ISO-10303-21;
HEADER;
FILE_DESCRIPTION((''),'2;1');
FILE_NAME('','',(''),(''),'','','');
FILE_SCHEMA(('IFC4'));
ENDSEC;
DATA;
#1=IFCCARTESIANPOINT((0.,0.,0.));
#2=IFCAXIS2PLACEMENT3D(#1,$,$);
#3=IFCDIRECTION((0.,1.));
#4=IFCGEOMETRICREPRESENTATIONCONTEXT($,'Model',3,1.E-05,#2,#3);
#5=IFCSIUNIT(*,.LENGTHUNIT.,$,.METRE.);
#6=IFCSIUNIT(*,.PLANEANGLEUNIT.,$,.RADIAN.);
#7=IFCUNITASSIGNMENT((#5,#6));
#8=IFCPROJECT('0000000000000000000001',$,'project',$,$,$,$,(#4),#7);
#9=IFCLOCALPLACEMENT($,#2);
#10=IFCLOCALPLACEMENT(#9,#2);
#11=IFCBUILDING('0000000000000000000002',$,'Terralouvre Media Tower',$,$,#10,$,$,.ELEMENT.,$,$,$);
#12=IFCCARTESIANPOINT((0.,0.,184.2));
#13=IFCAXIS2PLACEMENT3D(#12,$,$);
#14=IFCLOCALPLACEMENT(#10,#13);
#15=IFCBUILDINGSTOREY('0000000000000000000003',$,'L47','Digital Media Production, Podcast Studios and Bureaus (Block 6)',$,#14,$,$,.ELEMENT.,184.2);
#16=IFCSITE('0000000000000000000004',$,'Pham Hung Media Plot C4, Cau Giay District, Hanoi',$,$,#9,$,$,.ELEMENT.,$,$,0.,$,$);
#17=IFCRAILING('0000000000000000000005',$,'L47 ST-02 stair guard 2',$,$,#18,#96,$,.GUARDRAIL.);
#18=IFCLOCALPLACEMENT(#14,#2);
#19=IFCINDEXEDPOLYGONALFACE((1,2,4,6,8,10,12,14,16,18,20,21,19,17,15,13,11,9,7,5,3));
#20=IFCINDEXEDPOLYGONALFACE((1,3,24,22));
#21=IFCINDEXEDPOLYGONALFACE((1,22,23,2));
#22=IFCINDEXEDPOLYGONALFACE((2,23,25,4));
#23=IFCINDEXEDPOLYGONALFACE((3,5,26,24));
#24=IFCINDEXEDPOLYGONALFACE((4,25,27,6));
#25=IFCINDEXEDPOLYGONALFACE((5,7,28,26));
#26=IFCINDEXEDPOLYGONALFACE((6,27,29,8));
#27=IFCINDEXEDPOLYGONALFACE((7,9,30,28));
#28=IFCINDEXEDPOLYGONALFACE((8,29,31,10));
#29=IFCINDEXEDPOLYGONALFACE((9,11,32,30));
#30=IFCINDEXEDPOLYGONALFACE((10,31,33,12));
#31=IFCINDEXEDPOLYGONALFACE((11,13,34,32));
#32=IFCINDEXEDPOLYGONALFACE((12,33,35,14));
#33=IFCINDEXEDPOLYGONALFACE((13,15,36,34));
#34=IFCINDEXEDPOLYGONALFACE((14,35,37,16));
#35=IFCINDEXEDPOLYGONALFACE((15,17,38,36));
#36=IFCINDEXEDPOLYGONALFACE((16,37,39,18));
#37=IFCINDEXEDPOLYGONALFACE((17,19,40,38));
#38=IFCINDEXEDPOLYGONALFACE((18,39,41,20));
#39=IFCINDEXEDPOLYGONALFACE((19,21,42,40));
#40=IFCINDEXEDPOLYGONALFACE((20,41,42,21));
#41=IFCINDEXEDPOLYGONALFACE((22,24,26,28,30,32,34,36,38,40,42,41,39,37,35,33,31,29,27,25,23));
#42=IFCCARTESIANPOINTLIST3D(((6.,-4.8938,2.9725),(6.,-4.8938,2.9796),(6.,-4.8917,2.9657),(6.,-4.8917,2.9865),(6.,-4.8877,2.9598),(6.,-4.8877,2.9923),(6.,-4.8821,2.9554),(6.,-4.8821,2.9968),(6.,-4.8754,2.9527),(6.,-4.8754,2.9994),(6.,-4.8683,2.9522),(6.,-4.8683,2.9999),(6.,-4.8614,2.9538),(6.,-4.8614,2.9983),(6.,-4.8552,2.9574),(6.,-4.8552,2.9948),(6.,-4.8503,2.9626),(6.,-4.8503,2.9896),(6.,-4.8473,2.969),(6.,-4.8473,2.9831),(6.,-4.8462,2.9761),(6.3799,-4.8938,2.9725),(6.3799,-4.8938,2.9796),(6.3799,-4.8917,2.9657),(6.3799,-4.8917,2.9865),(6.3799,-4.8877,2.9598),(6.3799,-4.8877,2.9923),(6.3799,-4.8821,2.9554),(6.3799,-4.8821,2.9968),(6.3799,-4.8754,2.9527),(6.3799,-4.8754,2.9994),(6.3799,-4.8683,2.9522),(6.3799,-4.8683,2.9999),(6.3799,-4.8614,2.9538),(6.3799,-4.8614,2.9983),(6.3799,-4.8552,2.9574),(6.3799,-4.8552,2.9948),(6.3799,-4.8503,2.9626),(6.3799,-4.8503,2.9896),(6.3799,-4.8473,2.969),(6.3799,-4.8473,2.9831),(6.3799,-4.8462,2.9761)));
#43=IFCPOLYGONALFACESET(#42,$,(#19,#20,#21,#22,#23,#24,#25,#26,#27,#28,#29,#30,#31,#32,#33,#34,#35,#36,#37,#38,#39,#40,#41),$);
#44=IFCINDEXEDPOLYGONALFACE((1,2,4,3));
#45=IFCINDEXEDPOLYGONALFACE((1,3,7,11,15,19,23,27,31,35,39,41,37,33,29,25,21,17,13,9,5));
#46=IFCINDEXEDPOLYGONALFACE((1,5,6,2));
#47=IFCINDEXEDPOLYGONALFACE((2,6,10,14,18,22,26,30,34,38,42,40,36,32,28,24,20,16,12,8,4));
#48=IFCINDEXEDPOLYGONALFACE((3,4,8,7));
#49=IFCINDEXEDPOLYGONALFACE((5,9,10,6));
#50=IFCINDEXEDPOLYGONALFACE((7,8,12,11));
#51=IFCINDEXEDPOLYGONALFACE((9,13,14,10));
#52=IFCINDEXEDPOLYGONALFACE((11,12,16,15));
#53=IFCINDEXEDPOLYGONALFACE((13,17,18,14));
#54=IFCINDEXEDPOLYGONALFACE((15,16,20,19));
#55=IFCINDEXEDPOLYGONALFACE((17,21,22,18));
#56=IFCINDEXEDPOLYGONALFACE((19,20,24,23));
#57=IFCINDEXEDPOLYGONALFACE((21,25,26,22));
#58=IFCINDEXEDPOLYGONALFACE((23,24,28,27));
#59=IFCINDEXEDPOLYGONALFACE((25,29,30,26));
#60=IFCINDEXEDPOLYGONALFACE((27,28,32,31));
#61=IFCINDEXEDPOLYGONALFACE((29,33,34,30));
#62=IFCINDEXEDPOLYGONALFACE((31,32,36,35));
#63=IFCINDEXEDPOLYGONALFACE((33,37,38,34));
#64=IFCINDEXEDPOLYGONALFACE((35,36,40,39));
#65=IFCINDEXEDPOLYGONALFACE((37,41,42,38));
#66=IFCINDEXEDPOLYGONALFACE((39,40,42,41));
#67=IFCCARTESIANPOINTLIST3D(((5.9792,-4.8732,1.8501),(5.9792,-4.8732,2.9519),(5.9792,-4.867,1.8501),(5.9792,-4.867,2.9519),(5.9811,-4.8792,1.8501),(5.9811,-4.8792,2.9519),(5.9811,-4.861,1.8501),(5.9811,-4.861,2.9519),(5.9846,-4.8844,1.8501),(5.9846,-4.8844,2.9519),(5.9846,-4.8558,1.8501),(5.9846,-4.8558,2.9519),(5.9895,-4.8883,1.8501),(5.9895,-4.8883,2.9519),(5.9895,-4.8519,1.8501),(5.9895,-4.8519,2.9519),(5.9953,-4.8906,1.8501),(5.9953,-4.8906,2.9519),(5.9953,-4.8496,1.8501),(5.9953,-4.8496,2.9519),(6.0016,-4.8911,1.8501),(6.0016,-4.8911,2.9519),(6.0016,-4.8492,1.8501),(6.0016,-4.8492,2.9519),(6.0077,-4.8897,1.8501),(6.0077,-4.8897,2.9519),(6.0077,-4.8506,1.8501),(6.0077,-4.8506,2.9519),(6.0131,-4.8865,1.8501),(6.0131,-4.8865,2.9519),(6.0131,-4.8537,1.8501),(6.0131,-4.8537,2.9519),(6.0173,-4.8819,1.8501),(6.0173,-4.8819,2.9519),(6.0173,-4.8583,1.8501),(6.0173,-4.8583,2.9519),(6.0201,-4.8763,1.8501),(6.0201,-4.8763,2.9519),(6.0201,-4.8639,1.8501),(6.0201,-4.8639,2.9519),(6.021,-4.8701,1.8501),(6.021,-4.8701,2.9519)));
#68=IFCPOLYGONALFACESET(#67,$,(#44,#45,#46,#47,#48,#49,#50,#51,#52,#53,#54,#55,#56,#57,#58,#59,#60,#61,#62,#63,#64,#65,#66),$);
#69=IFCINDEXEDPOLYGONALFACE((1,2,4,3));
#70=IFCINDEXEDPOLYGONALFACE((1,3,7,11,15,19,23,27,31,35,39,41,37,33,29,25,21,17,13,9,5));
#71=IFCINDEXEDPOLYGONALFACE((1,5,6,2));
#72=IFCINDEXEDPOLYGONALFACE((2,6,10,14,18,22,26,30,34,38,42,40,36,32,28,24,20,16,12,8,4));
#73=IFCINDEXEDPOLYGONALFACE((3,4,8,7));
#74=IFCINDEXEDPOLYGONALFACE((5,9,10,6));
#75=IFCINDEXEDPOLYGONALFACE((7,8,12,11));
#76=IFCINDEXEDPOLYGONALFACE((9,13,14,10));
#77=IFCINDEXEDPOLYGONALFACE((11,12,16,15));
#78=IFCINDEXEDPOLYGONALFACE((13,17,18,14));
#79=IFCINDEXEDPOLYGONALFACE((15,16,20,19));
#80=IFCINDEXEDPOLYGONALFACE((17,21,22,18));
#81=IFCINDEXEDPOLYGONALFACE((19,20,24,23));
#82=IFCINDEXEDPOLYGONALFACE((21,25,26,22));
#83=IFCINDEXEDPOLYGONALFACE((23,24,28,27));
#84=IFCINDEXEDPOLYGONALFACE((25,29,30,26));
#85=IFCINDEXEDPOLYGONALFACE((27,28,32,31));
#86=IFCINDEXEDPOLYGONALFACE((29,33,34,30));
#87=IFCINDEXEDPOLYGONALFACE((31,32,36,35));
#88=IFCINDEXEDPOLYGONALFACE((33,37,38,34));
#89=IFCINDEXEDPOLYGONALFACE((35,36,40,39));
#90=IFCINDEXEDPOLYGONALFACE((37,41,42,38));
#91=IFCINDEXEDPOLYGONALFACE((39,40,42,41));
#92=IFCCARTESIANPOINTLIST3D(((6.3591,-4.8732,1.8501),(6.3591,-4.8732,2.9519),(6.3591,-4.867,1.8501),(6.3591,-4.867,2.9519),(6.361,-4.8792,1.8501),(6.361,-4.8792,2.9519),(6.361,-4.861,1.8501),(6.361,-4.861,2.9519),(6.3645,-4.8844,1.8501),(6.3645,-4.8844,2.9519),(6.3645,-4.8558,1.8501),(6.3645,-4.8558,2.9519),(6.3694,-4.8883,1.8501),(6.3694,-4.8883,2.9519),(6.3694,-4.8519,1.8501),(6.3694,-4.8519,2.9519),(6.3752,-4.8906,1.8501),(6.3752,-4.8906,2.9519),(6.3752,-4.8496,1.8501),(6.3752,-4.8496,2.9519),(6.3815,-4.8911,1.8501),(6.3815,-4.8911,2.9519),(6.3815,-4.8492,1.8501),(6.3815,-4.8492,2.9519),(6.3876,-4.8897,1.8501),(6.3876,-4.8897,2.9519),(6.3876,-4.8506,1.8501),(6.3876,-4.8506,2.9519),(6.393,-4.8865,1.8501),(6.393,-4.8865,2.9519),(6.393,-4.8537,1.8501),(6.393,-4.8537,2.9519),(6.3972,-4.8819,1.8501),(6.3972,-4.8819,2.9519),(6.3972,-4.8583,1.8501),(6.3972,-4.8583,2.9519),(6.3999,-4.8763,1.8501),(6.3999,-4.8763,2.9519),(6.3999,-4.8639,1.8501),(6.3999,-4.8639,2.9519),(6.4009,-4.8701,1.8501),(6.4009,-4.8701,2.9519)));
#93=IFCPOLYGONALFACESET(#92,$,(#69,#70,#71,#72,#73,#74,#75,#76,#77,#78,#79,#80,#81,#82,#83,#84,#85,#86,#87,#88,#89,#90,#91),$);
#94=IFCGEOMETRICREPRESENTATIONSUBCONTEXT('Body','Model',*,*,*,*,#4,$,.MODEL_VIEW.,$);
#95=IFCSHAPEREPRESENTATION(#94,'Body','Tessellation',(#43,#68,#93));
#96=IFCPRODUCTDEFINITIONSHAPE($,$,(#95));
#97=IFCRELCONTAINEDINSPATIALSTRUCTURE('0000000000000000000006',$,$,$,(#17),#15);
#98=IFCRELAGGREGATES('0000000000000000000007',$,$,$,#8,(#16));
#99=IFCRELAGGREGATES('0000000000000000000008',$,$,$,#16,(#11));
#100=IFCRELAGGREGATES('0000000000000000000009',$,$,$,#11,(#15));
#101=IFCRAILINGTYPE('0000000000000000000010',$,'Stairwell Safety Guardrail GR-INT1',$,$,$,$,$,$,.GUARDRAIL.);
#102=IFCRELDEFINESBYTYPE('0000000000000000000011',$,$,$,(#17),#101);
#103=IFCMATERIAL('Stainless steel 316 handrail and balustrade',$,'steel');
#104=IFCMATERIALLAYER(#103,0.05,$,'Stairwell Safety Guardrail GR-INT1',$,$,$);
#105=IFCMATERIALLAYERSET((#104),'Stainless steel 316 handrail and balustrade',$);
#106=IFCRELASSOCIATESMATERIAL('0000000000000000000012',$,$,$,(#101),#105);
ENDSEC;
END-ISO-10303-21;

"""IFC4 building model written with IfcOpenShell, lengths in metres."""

from ifc_helpers import new_model, si_unit, direction, frame, origin, origin_2d, place, context, subcontext, project, spatial, circle, extrude, material, layer, layer_set, type_object, element, save


model = new_model("IFC4")

# Units and contexts
model_context = context("Model", 3, precision=1e-05, world=origin(), true_north=direction((0.0, 1.0)))
body_context = subcontext(model_context, "Body", "Model", "MODEL_VIEW")
ifc_project = project(units=[si_unit("LENGTHUNIT", "METRE"), si_unit("PLANEANGLEUNIT", "RADIAN")], contexts=[model_context])

# Site, building, storey
site_placement = place(None, origin())
site = spatial("IfcSite", under=ifc_project, at=site_placement, Name="Pham Hung Media Plot C4, Cau Giay District, Hanoi", CompositionType="ELEMENT", RefElevation=0.0)
building_placement = place(site_placement, origin())
building = spatial("IfcBuilding", under=site, at=building_placement, Name="Terralouvre Media Tower", CompositionType="ELEMENT")
storey_placement = place(building_placement, frame((0.0, 0.0, 184.2)))
storey = spatial("IfcBuildingStorey", under=building, at=storey_placement, Name="L47", Description="Digital Media Production, Podcast Studios and Bureaus (Block 6)", CompositionType="ELEMENT", Elevation=184.2)

# Railing
ifc_material_1 = material(Name="Stainless steel 316 handrail and balustrade", Category="steel")
ifc_layer_1 = layer(ifc_material_1, 0.05, Name="Stairwell Safety Guardrail GR-INT1")
ifc_layer_set_1 = layer_set([ifc_layer_1], Name="Stainless steel 316 handrail and balustrade")
railing_type_1 = type_object("IfcRailingType", Name="Stairwell Safety Guardrail GR-INT1", PredefinedType="GUARDRAIL", material=ifc_layer_set_1)
railing_1_placement = place(storey_placement, frame((6.0, -4.8701, 1.8501)))
element("IfcRailing", 1, at=railing_1_placement, inside=storey, type_object=railing_type_1, Name="L47 ST-02 stair guard 2", PredefinedType="GUARDRAIL", context=body_context, shape_type="SweptSolid", body=[
    extrude(circle(Radius=0.0239, at=origin_2d()), frame((0.0, 0.0, 1.126), z_axis=(1.0, 0.0, 0.0), x_axis=(0.0, 1.0, 0.0)), (0.0, 0.0, 1.0), 0.3799),
    extrude(circle(Radius=0.021, at=origin_2d()), origin(), (0.0, 0.0, 1.0), 1.1018),
    extrude(circle(Radius=0.021, at=origin_2d()), frame((0.3799, 0.0, 0.0)), (0.0, 0.0, 1.0), 1.1018),
])

save(model, "model.ifc")
